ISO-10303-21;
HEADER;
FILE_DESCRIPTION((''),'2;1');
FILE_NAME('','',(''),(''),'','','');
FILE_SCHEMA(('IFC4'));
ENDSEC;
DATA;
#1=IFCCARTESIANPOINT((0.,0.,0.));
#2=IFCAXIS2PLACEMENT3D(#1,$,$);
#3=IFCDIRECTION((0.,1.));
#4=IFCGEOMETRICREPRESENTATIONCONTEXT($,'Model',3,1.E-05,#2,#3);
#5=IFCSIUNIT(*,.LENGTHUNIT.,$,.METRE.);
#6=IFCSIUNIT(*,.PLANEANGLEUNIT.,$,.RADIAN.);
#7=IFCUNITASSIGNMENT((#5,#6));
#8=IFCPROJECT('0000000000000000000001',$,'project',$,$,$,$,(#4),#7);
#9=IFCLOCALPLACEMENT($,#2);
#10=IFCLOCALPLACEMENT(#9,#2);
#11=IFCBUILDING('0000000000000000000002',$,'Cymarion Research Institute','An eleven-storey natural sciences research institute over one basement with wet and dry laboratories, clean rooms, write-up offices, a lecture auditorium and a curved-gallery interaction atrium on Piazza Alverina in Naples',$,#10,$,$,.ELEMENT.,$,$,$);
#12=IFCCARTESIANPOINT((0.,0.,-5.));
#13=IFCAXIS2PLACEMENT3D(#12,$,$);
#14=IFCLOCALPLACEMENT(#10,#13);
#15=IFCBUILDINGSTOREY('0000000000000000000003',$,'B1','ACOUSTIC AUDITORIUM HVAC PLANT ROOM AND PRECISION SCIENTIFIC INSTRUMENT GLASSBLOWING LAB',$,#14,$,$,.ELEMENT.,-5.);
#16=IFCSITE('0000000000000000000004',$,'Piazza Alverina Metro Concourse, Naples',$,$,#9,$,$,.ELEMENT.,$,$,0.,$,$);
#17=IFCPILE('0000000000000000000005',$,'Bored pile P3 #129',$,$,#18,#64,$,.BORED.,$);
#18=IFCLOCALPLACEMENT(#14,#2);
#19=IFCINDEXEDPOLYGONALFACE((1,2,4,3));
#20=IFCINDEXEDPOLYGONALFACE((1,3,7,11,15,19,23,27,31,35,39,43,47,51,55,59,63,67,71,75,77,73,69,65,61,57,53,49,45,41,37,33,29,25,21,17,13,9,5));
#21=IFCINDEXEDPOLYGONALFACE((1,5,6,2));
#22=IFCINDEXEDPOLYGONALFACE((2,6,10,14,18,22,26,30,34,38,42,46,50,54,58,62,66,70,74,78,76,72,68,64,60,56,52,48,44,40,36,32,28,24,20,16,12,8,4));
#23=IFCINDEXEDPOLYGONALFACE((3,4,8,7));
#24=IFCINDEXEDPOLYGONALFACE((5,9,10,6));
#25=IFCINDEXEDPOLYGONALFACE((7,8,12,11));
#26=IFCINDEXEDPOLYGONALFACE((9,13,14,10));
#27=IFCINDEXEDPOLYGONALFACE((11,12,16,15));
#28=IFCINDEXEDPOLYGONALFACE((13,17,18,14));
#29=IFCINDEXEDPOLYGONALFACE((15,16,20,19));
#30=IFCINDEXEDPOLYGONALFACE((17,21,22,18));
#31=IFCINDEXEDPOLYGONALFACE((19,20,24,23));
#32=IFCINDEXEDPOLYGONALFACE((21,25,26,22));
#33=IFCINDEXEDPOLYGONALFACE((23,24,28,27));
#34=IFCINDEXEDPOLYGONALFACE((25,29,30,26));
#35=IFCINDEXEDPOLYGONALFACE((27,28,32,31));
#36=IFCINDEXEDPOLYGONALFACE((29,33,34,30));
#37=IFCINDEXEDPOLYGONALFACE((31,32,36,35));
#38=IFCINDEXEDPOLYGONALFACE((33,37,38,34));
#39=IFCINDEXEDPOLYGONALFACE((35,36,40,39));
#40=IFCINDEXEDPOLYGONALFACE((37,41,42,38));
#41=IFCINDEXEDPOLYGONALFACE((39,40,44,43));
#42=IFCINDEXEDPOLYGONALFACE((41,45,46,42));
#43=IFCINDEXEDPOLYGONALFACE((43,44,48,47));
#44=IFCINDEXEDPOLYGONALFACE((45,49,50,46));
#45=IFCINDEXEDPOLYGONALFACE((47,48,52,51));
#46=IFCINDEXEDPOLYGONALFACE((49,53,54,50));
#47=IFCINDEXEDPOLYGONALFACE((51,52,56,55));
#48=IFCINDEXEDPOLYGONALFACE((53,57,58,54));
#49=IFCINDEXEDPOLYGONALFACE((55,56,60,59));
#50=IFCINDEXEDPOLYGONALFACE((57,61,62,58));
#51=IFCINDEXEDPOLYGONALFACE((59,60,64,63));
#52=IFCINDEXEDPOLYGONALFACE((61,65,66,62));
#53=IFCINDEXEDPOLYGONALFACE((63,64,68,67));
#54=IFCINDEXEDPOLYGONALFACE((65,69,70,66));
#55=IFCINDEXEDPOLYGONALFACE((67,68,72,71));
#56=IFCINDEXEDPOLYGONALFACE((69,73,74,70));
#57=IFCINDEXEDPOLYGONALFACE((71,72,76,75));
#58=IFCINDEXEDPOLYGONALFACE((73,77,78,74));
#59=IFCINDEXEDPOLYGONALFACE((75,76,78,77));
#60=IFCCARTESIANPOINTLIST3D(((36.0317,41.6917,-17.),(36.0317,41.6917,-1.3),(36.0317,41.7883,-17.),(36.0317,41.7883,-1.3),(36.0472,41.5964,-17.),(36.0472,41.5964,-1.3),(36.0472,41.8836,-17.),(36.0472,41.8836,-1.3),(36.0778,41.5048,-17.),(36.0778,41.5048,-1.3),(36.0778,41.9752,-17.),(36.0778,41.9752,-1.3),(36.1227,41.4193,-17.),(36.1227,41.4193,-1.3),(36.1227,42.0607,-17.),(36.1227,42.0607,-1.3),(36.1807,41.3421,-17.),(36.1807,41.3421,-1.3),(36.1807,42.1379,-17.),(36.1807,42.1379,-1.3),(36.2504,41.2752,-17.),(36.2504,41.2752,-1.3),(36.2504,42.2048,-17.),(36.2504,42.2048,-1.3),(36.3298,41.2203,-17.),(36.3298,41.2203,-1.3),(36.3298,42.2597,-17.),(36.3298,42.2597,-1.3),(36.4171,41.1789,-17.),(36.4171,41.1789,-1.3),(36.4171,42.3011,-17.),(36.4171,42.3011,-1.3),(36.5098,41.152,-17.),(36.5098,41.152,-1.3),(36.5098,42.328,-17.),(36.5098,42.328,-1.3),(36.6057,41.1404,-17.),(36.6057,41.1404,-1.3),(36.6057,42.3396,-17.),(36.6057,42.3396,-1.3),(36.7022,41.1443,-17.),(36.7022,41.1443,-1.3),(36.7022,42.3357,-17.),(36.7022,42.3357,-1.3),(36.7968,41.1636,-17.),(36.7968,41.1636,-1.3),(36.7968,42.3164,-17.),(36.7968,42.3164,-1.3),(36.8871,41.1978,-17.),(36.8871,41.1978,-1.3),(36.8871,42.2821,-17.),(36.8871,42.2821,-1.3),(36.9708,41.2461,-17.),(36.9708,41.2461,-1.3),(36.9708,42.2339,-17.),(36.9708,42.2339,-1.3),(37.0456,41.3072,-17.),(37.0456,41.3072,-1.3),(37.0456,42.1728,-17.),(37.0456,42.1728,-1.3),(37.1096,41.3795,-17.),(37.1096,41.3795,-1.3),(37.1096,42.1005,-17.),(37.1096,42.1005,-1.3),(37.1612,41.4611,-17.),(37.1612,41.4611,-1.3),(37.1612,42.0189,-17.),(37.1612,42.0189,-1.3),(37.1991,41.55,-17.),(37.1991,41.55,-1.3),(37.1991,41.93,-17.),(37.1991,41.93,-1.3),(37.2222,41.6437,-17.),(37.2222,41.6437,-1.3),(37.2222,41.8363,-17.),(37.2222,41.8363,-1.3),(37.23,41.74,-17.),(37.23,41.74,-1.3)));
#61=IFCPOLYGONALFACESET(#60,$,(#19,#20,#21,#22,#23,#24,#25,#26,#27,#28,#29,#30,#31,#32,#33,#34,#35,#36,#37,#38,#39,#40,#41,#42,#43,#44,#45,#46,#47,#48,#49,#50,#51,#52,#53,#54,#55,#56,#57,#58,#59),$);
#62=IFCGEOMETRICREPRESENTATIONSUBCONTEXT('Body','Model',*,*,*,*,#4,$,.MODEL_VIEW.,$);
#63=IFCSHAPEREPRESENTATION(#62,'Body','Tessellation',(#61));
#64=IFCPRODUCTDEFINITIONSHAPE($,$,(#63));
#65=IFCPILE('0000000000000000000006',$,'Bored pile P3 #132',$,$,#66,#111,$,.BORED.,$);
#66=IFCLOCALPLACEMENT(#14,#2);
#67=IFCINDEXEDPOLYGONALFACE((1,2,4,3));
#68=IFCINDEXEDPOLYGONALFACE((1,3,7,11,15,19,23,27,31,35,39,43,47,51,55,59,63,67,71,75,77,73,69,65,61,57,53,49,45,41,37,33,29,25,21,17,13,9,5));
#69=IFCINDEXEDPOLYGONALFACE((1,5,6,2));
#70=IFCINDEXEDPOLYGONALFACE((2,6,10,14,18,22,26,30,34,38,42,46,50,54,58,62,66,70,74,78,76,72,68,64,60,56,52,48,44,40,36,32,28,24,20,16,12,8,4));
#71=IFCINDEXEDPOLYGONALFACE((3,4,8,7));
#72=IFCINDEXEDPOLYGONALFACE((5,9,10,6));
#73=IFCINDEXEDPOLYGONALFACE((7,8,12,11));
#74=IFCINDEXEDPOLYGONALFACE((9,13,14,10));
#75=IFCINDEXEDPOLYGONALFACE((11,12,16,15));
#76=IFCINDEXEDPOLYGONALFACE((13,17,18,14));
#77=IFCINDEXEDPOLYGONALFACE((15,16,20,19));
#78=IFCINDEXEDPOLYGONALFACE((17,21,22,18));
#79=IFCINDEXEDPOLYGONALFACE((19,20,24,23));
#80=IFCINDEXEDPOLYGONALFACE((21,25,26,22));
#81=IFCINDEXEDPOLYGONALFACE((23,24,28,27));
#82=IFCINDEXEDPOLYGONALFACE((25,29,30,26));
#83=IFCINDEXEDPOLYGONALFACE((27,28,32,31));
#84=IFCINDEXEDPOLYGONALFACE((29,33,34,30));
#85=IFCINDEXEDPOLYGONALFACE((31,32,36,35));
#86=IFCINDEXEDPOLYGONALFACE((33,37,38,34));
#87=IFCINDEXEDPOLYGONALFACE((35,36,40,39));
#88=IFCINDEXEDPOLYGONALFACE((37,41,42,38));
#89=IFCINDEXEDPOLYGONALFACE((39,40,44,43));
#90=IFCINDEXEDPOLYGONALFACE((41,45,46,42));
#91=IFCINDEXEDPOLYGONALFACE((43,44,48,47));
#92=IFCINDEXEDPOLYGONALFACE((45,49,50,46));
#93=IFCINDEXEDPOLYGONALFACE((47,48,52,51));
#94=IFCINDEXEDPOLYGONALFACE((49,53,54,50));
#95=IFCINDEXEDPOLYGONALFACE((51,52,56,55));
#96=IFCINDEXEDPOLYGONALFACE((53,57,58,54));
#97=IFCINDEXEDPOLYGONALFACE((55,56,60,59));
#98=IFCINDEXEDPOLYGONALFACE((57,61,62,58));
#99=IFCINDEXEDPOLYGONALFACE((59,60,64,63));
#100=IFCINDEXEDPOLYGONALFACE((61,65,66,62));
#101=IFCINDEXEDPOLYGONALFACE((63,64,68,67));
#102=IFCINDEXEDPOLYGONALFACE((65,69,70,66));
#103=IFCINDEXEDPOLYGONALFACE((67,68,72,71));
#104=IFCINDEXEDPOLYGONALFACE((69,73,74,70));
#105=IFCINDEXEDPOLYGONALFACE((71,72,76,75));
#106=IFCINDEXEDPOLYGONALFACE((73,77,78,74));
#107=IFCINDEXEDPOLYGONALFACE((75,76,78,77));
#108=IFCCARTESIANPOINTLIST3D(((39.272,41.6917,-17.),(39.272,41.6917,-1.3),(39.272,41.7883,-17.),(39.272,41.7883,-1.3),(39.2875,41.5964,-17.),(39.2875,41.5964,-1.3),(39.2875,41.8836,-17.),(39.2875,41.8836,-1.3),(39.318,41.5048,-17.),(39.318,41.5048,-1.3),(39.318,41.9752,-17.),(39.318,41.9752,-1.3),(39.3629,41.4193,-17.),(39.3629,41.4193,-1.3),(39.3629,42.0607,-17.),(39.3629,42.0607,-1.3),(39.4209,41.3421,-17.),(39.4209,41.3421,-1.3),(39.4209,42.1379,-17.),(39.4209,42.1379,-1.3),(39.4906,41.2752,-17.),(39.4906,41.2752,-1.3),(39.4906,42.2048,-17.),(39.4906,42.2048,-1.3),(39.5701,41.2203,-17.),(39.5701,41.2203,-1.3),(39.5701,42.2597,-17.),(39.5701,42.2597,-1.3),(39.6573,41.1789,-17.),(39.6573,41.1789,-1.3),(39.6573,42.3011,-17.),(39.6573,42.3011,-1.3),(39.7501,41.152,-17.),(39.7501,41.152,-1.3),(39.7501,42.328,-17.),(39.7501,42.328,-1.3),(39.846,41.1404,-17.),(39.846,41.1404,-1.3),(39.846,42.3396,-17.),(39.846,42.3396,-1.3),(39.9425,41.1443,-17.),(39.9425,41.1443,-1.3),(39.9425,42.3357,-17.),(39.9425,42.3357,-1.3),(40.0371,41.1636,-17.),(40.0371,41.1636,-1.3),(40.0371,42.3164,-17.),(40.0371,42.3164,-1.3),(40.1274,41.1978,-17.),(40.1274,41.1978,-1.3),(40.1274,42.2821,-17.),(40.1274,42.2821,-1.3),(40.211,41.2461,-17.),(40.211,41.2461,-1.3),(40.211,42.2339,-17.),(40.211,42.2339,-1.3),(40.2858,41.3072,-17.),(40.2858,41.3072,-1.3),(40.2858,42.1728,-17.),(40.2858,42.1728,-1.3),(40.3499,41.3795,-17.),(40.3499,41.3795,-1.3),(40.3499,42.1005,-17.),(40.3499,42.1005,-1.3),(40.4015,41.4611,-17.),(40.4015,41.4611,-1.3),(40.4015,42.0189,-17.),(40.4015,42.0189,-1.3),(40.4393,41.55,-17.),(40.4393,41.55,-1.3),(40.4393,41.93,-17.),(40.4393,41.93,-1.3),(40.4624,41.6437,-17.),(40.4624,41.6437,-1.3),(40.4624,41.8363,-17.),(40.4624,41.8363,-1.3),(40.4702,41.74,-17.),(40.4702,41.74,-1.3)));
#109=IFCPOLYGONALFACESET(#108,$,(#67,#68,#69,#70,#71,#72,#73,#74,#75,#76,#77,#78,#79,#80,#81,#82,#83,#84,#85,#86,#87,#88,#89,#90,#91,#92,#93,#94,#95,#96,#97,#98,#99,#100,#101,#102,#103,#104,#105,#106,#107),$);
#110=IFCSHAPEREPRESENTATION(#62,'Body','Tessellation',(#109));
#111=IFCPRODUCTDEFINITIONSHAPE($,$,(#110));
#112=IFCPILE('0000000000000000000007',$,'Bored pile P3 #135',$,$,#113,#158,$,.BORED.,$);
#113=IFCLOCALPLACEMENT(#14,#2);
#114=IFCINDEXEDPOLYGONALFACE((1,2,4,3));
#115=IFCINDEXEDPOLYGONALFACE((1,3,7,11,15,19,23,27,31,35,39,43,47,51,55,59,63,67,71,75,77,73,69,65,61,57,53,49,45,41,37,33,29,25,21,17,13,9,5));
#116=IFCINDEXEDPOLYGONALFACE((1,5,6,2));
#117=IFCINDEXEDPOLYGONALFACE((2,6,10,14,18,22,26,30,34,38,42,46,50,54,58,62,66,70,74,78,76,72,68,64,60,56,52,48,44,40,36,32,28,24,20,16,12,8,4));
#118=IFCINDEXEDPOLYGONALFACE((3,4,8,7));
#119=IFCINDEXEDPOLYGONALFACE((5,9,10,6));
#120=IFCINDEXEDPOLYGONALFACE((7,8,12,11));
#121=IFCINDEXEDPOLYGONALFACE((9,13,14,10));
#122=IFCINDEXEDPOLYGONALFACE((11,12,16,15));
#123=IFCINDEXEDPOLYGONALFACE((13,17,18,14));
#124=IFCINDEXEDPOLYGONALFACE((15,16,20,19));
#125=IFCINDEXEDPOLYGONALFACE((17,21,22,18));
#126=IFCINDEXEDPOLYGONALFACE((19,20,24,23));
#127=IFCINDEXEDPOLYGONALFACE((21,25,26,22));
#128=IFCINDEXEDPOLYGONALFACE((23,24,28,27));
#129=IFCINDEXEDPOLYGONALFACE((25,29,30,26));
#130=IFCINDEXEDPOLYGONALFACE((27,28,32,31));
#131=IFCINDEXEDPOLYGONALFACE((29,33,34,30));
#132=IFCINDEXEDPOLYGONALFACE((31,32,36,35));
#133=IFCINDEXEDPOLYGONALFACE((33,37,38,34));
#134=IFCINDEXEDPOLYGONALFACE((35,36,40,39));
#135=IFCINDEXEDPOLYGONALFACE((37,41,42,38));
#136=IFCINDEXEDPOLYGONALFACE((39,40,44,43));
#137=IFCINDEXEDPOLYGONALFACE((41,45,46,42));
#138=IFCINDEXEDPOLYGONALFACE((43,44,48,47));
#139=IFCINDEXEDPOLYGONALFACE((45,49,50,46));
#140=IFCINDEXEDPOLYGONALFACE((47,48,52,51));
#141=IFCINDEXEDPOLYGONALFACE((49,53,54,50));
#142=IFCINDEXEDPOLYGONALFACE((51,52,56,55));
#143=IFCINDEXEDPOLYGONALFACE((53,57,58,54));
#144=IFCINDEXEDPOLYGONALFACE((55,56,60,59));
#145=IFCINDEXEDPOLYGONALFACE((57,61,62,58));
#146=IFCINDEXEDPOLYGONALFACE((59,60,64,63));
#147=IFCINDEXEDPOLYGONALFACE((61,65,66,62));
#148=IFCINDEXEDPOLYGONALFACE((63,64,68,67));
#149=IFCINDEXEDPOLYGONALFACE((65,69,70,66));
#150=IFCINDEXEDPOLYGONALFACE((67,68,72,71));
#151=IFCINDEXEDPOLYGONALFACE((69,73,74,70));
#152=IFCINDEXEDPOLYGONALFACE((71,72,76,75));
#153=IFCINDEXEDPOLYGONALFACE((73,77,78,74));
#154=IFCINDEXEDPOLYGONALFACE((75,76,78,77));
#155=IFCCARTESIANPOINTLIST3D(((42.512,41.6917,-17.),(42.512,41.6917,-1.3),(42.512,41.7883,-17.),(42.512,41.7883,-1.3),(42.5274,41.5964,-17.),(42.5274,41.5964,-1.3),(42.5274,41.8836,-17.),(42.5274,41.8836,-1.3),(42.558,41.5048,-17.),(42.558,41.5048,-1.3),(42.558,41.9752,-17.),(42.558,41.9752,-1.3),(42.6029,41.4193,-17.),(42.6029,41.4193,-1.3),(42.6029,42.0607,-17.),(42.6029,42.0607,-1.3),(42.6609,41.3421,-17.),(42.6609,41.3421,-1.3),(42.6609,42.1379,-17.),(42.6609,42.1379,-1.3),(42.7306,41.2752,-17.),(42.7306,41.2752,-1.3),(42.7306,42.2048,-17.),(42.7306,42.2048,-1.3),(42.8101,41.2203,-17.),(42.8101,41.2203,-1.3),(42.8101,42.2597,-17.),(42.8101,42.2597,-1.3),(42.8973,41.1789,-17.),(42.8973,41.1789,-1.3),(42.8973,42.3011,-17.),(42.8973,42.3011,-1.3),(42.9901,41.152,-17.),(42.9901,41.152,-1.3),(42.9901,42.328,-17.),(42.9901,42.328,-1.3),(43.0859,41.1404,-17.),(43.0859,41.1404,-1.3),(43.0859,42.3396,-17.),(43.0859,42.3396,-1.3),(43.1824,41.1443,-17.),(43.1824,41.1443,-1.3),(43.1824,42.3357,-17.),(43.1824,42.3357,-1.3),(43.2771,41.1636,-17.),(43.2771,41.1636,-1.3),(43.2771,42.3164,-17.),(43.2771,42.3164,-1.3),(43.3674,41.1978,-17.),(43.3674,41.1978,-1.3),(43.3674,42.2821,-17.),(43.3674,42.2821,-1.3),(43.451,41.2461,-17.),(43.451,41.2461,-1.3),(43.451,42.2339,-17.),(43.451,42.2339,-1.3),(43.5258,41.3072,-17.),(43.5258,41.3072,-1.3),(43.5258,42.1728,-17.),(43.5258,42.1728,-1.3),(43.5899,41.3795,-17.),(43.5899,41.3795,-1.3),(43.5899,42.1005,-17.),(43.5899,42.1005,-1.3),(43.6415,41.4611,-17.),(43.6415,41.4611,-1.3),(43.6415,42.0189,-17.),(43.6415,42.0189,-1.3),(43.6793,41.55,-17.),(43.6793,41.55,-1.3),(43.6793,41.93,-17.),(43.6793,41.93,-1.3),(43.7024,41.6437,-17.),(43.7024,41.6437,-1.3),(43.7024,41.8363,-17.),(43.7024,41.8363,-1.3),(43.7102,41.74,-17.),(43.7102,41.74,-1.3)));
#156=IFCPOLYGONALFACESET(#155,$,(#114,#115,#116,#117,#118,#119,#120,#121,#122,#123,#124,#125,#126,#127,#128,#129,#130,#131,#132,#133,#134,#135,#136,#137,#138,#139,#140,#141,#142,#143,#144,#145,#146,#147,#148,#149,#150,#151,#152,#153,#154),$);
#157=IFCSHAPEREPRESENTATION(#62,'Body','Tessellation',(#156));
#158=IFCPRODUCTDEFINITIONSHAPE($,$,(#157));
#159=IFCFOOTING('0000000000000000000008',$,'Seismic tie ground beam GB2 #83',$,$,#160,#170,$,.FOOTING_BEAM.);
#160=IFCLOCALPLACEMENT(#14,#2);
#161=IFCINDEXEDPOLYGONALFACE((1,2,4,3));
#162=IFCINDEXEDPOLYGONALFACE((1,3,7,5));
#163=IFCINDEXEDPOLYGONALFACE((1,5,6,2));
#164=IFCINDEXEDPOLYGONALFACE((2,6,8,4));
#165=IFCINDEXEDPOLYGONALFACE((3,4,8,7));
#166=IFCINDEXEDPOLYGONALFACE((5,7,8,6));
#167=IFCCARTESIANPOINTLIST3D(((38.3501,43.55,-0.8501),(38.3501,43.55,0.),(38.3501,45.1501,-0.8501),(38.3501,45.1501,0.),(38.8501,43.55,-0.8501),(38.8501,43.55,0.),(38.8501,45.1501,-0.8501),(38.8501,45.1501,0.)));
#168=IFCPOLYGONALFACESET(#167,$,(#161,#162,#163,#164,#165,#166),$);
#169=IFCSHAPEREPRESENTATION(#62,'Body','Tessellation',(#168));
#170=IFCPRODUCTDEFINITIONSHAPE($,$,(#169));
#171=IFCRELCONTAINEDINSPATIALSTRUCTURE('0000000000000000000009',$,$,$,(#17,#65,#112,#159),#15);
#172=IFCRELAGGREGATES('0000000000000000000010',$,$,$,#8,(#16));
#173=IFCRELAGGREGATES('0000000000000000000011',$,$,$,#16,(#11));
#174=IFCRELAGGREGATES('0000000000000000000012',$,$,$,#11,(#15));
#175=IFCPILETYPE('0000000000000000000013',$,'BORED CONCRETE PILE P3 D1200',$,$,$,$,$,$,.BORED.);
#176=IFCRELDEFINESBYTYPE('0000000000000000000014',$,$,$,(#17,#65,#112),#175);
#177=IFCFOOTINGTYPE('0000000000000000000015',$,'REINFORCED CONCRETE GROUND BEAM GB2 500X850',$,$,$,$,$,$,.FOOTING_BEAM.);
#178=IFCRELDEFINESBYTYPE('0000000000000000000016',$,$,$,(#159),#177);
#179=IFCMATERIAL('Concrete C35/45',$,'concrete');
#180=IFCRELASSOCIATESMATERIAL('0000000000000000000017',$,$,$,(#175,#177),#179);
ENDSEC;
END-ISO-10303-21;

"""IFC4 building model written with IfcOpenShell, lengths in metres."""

from ifc_helpers import new_model, si_unit, direction, frame, origin, origin_2d, place, context, subcontext, project, spatial, rectangle, circle, extrude, material, material_profile, profile_set, type_object, element, save


model = new_model("IFC4")

# Units and contexts
model_context = context("Model", 3, precision=1e-05, world=origin(), true_north=direction((0.0, 1.0)))
body_context = subcontext(model_context, "Body", "Model", "MODEL_VIEW")
ifc_project = project(units=[si_unit("LENGTHUNIT", "METRE"), si_unit("PLANEANGLEUNIT", "RADIAN")], contexts=[model_context])

# Site, building, storey
site_placement = place(None, origin())
site = spatial("IfcSite", under=ifc_project, at=site_placement, Name="Piazza Alverina Metro Concourse, Naples", CompositionType="ELEMENT", RefElevation=0.0)
building_placement = place(site_placement, origin())
building = spatial("IfcBuilding", under=site, at=building_placement, Name="Cymarion Research Institute", Description="An eleven-storey natural sciences research institute over one basement with wet and dry laboratories, clean rooms, write-up offices, a lecture auditorium and a curved-gallery interaction atrium on Piazza Alverina in Naples", CompositionType="ELEMENT")
storey_placement = place(building_placement, frame((0.0, 0.0, -5.0)))
storey = spatial("IfcBuildingStorey", under=building, at=storey_placement, Name="B1", Description="ACOUSTIC AUDITORIUM HVAC PLANT ROOM AND PRECISION SCIENTIFIC INSTRUMENT GLASSBLOWING LAB", CompositionType="ELEMENT", Elevation=-5.0)

# Piles
ifc_material_1 = material(Name="Concrete C35/45", Category="concrete")
ifc_material_profile_1 = material_profile(ifc_material_1, circle(Radius=0.6001, at=origin_2d()), Name="BORED PILE D1200")
ifc_profile_set_1 = profile_set([ifc_material_profile_1], Name="Concrete C35/45")
pile_type = type_object("IfcPileType", Name="BORED CONCRETE PILE P3 D1200", PredefinedType="BORED", material=ifc_profile_set_1)
for number, where, z_axis, x_axis, name in (
    (1, (36.6299, 41.74, -1.3), (0.0, 0.0, -1.0), (1.0, 0.0, 0.0), "Bored pile P3 #129"),
    (2, (39.8701, 41.74, -1.3), (0.0, 0.0, -1.0), (1.0, 0.0, 0.0), "Bored pile P3 #132"),
    (3, (43.1101, 41.74, -1.3), (0.0, 0.0, -1.0), (1.0, 0.0, 0.0), "Bored pile P3 #135"),
):
    element("IfcPile", number, at=place(storey_placement, frame(where, z_axis=z_axis, x_axis=x_axis)), inside=storey, type_object=pile_type, Name=name, PredefinedType="BORED", context=body_context, shape_type="SweptSolid", body=[
        extrude(circle(Radius=0.6001, at=origin_2d()), origin(), (0.0, 0.0, 1.0), 15.7),
    ])

# Footing
footing_type = type_object("IfcFootingType", Name="REINFORCED CONCRETE GROUND BEAM GB2 500X850", PredefinedType="FOOTING_BEAM", material=ifc_material_1)
footing_placement = place(storey_placement, frame((38.6001, 44.3501, -0.8501), z_axis=(0.0, 0.0, 1.0), x_axis=(0.0, 1.0, 0.0)))
element("IfcFooting", 4, at=footing_placement, inside=storey, type_object=footing_type, Name="Seismic tie ground beam GB2 #83", PredefinedType="FOOTING_BEAM", context=body_context, shape_type="SweptSolid", body=[
    extrude(rectangle(XDim=1.6001, YDim=0.5, at=origin_2d()), origin(), (0.0, 0.0, 1.0), 0.8501),
])

save(model, "model.ifc")
